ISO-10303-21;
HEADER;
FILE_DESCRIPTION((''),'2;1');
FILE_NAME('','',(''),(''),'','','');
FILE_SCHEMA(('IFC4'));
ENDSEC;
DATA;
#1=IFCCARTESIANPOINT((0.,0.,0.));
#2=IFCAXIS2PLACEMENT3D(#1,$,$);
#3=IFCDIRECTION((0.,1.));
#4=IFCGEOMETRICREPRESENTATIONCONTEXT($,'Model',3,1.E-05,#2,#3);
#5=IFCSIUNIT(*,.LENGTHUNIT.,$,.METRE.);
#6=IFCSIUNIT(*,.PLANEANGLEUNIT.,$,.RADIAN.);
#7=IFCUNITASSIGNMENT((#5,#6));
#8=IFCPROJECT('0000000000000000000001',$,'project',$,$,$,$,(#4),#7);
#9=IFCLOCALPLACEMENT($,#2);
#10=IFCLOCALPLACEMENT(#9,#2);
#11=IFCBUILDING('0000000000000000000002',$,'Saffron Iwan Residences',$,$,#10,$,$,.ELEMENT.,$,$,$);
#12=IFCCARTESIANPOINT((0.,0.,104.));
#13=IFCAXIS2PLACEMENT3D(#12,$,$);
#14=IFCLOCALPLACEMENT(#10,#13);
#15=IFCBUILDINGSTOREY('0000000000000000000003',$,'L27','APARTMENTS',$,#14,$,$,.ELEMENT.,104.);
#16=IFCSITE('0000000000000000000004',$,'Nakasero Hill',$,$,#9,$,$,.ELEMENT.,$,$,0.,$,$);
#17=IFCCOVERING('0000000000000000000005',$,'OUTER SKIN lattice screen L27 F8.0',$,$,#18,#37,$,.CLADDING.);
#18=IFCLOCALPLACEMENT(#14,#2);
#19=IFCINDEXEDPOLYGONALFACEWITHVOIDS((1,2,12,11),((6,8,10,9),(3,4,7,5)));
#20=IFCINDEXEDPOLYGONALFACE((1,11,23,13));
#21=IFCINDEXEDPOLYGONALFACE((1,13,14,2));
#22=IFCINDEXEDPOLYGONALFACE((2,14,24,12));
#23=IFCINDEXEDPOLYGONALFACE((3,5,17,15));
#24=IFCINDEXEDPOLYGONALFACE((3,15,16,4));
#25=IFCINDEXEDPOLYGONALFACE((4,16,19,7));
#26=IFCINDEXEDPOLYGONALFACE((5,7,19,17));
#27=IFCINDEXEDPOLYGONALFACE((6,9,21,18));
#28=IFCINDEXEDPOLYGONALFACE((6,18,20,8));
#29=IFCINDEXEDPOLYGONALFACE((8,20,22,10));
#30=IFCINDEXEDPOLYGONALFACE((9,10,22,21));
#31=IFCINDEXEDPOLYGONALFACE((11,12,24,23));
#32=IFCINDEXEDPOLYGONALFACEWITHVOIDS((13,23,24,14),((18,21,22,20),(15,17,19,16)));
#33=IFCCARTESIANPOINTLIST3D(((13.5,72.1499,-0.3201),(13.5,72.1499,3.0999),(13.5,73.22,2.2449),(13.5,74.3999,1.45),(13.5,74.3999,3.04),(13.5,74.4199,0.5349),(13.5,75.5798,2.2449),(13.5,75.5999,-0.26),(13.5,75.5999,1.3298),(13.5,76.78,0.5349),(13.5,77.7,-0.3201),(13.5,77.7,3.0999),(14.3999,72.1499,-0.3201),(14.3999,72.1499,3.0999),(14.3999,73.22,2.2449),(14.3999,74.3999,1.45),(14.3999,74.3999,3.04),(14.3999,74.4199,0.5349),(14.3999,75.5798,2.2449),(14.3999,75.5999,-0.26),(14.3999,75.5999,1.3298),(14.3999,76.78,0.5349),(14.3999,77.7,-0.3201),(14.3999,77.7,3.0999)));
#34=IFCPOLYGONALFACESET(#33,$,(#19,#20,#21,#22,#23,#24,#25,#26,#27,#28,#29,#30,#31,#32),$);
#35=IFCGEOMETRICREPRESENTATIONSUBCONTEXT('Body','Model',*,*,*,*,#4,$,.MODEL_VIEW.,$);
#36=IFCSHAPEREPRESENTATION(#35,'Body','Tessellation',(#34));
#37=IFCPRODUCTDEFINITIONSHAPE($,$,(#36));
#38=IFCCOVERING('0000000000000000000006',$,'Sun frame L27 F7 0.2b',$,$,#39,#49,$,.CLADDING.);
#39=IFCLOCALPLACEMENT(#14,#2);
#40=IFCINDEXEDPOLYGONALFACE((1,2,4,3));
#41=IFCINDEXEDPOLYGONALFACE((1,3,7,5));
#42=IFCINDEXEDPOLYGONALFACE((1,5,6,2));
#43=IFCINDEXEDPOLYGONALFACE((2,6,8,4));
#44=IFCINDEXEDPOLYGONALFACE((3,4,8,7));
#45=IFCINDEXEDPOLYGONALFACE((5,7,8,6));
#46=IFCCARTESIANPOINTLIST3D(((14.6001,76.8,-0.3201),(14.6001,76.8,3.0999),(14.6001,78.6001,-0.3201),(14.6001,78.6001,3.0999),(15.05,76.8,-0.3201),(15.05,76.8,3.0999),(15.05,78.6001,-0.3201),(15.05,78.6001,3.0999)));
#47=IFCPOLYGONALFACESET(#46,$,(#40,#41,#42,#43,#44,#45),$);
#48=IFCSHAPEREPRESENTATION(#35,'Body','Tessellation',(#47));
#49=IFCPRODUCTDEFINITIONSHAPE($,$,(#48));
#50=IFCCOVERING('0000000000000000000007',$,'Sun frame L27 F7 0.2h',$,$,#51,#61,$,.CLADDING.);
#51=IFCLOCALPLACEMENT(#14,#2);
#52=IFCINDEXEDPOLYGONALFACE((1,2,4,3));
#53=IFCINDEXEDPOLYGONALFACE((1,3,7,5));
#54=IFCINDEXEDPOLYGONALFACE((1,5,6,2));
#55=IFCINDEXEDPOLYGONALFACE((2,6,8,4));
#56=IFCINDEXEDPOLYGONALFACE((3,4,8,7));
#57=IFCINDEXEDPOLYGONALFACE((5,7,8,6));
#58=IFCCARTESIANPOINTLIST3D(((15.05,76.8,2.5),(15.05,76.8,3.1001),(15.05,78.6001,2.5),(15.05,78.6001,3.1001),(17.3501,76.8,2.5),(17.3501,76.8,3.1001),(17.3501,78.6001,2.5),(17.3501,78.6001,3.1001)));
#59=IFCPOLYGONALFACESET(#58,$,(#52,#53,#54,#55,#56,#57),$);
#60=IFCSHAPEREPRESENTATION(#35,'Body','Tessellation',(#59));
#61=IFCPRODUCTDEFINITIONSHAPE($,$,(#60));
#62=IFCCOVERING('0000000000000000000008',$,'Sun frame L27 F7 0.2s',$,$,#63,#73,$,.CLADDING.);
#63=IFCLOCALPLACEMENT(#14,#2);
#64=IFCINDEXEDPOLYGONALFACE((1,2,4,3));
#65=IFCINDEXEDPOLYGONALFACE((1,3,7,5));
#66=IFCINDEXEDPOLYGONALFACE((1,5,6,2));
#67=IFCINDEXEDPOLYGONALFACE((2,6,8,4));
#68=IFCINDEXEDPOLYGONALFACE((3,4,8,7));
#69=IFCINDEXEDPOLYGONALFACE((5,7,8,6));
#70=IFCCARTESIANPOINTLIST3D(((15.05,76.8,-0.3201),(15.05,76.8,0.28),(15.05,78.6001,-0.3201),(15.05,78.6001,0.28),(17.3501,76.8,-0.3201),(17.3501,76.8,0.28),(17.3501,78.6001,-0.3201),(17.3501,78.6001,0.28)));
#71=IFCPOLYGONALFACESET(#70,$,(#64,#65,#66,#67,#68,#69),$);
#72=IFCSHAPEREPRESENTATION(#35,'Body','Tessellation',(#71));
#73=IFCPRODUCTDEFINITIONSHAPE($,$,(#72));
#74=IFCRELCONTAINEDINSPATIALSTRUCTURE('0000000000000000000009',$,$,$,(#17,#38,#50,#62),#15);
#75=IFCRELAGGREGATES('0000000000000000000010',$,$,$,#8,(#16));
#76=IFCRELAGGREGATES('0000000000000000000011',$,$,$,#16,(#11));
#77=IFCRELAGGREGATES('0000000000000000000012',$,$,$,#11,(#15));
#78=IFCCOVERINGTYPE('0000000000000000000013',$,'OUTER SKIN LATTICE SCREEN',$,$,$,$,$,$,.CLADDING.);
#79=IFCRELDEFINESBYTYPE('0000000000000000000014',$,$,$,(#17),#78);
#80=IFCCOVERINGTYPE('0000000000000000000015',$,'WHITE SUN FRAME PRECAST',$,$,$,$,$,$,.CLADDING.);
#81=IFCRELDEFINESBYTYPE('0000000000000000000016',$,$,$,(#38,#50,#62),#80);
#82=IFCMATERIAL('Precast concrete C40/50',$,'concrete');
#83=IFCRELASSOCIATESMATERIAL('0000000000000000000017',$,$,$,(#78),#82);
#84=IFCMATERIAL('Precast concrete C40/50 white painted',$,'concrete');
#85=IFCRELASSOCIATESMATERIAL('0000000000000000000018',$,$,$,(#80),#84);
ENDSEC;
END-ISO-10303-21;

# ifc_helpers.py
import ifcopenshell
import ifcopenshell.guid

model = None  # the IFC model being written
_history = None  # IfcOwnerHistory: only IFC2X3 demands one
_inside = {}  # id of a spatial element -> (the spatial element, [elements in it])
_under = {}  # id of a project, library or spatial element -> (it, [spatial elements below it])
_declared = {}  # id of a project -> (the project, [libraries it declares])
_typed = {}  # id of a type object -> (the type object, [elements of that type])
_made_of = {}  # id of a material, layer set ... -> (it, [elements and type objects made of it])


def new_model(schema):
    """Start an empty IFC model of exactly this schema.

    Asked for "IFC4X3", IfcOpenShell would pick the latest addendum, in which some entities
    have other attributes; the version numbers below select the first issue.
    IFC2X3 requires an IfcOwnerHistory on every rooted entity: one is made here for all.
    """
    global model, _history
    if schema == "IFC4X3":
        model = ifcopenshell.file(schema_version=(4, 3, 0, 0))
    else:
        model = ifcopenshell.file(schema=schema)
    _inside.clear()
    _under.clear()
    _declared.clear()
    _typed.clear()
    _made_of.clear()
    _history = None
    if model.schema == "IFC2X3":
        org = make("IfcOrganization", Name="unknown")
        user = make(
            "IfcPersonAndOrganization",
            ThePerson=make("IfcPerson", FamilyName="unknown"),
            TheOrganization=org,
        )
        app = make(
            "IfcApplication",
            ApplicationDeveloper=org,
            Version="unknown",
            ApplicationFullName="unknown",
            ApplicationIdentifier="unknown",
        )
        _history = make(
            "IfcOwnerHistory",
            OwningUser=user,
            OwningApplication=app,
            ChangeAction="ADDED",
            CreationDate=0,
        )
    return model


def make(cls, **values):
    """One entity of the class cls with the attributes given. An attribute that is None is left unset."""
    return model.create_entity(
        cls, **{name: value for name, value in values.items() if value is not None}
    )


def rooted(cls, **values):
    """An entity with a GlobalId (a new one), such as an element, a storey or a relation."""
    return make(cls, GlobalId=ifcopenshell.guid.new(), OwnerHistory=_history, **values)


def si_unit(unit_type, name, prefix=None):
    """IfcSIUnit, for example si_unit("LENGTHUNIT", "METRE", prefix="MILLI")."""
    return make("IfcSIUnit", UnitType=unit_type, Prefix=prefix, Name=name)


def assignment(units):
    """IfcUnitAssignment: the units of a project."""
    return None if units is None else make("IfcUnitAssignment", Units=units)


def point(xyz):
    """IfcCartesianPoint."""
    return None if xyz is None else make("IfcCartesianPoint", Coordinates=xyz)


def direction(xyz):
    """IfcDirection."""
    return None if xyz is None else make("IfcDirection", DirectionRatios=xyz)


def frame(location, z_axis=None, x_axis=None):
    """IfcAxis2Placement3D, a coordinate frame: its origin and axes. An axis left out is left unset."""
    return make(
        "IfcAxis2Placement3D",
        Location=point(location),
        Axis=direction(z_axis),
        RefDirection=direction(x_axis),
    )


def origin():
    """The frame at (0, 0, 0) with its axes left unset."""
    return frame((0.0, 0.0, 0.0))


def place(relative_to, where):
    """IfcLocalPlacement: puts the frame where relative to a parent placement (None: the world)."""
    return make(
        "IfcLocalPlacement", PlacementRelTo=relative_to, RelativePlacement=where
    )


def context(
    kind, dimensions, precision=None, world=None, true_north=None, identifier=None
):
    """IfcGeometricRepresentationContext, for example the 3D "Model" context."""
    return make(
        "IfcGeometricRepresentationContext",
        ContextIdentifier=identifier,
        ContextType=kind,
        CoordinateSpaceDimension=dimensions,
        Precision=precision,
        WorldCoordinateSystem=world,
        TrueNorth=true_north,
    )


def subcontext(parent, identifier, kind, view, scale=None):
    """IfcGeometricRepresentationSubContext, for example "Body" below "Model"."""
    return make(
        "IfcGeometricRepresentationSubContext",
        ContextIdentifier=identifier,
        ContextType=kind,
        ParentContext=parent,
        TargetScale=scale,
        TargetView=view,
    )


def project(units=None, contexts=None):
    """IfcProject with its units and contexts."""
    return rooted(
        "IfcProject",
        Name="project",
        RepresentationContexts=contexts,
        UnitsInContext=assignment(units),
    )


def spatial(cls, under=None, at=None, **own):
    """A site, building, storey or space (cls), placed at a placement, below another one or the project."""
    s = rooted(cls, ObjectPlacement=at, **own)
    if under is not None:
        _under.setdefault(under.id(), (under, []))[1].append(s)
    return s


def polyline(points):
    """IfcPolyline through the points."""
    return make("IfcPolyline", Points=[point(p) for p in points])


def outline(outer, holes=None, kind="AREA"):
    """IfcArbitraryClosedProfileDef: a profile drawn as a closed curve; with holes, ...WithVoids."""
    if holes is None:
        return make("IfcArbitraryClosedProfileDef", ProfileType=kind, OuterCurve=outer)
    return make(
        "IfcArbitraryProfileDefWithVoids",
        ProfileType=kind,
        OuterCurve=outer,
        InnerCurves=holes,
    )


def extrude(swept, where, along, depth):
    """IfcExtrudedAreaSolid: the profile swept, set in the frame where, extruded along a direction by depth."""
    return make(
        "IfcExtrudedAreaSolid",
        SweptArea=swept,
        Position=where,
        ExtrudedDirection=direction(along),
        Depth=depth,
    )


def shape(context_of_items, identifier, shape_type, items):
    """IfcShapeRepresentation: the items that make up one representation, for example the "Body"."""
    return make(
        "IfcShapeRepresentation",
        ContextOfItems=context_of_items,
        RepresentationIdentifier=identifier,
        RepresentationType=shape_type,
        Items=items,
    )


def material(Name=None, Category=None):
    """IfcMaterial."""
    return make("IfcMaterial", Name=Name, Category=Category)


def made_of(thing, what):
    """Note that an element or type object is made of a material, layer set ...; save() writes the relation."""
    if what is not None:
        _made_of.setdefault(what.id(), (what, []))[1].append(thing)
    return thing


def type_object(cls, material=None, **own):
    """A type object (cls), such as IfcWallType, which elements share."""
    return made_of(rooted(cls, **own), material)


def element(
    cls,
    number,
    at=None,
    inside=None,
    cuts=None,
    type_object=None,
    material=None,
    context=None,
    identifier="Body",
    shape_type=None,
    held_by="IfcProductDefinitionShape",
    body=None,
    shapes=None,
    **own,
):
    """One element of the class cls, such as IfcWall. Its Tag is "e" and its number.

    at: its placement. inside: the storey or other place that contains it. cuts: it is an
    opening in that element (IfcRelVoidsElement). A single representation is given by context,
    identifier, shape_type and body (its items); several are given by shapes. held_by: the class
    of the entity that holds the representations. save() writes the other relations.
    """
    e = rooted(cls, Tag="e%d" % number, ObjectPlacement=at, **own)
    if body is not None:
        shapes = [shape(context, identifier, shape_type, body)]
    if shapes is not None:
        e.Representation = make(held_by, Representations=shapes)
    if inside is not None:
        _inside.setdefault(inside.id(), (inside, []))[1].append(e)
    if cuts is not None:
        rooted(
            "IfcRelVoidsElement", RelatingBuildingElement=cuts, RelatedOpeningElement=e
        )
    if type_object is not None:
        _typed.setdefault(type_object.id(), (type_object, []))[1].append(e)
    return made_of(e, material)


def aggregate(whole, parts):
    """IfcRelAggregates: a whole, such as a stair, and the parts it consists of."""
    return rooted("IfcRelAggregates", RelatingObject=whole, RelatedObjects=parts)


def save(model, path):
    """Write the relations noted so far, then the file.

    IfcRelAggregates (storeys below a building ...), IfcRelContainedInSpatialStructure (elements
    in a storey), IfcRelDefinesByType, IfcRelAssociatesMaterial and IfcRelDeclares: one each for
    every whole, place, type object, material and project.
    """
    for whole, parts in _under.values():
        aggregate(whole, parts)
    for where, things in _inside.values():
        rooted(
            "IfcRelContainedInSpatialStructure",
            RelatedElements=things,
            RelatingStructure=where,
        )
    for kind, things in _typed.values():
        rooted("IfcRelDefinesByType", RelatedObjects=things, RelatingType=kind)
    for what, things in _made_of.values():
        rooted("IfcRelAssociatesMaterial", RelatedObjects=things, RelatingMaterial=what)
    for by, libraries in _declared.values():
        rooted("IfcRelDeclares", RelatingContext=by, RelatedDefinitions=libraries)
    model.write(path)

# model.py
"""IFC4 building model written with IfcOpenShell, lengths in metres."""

from ifc_helpers import new_model, si_unit, direction, frame, origin, place, context, subcontext, project, spatial, polyline, outline, extrude, material, type_object, element, save


model = new_model("IFC4")

# Units and contexts
model_context = context("Model", 3, precision=1e-05, world=origin(), true_north=direction((0.0, 1.0)))
body_context = subcontext(model_context, "Body", "Model", "MODEL_VIEW")
ifc_project = project(units=[si_unit("LENGTHUNIT", "METRE"), si_unit("PLANEANGLEUNIT", "RADIAN")], contexts=[model_context])

# Site, building, storey
site_placement = place(None, origin())
site = spatial("IfcSite", under=ifc_project, at=site_placement, Name="Nakasero Hill", CompositionType="ELEMENT", RefElevation=0.0)
building_placement = place(site_placement, origin())
building = spatial("IfcBuilding", under=site, at=building_placement, Name="Saffron Iwan Residences", CompositionType="ELEMENT")
storey_placement = place(building_placement, frame((0.0, 0.0, 104.0)))
storey = spatial("IfcBuildingStorey", under=building, at=storey_placement, Name="L27", Description="APARTMENTS", CompositionType="ELEMENT", Elevation=104.0)

# Coverings
ifc_material_1 = material(Name="Precast concrete C40/50", Category="concrete")
covering_type_1 = type_object("IfcCoveringType", Name="OUTER SKIN LATTICE SCREEN", PredefinedType="CLADDING", material=ifc_material_1)
covering_1_placement = place(storey_placement, frame((14.3999, 77.7, -0.3201), z_axis=(-1.0, 0.0, 0.0), x_axis=(0.0, -1.0, 0.0)))
element("IfcCovering", 1, at=covering_1_placement, inside=storey, type_object=covering_type_1, Name="OUTER SKIN lattice screen L27 F8.0", PredefinedType="CLADDING", context=body_context, shape_type="SweptSolid", body=[
    extrude(outline(polyline([(0.0, 0.0), (5.55, 0.0), (5.55, 3.4199), (0.0, 3.4199), (0.0, 0.0)]), holes=[polyline([(0.9199, 0.855), (2.1001, 0.0601), (3.28, 0.855), (2.1001, 1.6499), (0.9199, 0.855)]), polyline([(2.1201, 2.5649), (3.3, 1.77), (4.48, 2.5649), (3.3, 3.3601), (2.1201, 2.5649)])]), origin(), (0.0, 0.0, 1.0), 0.8999),
])
ifc_material_2 = material(Name="Precast concrete C40/50 white painted", Category="concrete")
covering_type_2 = type_object("IfcCoveringType", Name="WHITE SUN FRAME PRECAST", PredefinedType="CLADDING", material=ifc_material_2)
covering_2_placement = place(storey_placement, frame((15.05, 76.8, -0.3201), z_axis=(0.0, 1.0, 0.0), x_axis=(-1.0, 0.0, 0.0)))
element("IfcCovering", 2, at=covering_2_placement, inside=storey, type_object=covering_type_2, Name="Sun frame L27 F7 0.2b", PredefinedType="CLADDING", context=body_context, shape_type="SweptSolid", body=[
    extrude(outline(polyline([(0.0, 0.0), (0.45, 0.0), (0.45, 3.4199), (0.0, 3.4199), (0.0, 0.0)])), origin(), (0.0, 0.0, 1.0), 1.8),
])
for number, where, z_axis, x_axis, name in (
    (3, (17.3501, 76.8, 2.5), (0.0, 1.0, 0.0), (-1.0, 0.0, 0.0), "Sun frame L27 F7 0.2h"),
    (4, (17.3501, 76.8, -0.3201), (0.0, 1.0, 0.0), (-1.0, 0.0, 0.0), "Sun frame L27 F7 0.2s"),
):
    element("IfcCovering", number, at=place(storey_placement, frame(where, z_axis=z_axis, x_axis=x_axis)), inside=storey, type_object=covering_type_2, Name=name, PredefinedType="CLADDING", context=body_context, shape_type="SweptSolid", body=[
        extrude(outline(polyline([(0.0, 0.0), (2.3, 0.0), (2.3, 0.6001), (0.0, 0.6001), (0.0, 0.0)])), origin(), (0.0, 0.0, 1.0), 1.8),
    ])

save(model, "model.ifc")
